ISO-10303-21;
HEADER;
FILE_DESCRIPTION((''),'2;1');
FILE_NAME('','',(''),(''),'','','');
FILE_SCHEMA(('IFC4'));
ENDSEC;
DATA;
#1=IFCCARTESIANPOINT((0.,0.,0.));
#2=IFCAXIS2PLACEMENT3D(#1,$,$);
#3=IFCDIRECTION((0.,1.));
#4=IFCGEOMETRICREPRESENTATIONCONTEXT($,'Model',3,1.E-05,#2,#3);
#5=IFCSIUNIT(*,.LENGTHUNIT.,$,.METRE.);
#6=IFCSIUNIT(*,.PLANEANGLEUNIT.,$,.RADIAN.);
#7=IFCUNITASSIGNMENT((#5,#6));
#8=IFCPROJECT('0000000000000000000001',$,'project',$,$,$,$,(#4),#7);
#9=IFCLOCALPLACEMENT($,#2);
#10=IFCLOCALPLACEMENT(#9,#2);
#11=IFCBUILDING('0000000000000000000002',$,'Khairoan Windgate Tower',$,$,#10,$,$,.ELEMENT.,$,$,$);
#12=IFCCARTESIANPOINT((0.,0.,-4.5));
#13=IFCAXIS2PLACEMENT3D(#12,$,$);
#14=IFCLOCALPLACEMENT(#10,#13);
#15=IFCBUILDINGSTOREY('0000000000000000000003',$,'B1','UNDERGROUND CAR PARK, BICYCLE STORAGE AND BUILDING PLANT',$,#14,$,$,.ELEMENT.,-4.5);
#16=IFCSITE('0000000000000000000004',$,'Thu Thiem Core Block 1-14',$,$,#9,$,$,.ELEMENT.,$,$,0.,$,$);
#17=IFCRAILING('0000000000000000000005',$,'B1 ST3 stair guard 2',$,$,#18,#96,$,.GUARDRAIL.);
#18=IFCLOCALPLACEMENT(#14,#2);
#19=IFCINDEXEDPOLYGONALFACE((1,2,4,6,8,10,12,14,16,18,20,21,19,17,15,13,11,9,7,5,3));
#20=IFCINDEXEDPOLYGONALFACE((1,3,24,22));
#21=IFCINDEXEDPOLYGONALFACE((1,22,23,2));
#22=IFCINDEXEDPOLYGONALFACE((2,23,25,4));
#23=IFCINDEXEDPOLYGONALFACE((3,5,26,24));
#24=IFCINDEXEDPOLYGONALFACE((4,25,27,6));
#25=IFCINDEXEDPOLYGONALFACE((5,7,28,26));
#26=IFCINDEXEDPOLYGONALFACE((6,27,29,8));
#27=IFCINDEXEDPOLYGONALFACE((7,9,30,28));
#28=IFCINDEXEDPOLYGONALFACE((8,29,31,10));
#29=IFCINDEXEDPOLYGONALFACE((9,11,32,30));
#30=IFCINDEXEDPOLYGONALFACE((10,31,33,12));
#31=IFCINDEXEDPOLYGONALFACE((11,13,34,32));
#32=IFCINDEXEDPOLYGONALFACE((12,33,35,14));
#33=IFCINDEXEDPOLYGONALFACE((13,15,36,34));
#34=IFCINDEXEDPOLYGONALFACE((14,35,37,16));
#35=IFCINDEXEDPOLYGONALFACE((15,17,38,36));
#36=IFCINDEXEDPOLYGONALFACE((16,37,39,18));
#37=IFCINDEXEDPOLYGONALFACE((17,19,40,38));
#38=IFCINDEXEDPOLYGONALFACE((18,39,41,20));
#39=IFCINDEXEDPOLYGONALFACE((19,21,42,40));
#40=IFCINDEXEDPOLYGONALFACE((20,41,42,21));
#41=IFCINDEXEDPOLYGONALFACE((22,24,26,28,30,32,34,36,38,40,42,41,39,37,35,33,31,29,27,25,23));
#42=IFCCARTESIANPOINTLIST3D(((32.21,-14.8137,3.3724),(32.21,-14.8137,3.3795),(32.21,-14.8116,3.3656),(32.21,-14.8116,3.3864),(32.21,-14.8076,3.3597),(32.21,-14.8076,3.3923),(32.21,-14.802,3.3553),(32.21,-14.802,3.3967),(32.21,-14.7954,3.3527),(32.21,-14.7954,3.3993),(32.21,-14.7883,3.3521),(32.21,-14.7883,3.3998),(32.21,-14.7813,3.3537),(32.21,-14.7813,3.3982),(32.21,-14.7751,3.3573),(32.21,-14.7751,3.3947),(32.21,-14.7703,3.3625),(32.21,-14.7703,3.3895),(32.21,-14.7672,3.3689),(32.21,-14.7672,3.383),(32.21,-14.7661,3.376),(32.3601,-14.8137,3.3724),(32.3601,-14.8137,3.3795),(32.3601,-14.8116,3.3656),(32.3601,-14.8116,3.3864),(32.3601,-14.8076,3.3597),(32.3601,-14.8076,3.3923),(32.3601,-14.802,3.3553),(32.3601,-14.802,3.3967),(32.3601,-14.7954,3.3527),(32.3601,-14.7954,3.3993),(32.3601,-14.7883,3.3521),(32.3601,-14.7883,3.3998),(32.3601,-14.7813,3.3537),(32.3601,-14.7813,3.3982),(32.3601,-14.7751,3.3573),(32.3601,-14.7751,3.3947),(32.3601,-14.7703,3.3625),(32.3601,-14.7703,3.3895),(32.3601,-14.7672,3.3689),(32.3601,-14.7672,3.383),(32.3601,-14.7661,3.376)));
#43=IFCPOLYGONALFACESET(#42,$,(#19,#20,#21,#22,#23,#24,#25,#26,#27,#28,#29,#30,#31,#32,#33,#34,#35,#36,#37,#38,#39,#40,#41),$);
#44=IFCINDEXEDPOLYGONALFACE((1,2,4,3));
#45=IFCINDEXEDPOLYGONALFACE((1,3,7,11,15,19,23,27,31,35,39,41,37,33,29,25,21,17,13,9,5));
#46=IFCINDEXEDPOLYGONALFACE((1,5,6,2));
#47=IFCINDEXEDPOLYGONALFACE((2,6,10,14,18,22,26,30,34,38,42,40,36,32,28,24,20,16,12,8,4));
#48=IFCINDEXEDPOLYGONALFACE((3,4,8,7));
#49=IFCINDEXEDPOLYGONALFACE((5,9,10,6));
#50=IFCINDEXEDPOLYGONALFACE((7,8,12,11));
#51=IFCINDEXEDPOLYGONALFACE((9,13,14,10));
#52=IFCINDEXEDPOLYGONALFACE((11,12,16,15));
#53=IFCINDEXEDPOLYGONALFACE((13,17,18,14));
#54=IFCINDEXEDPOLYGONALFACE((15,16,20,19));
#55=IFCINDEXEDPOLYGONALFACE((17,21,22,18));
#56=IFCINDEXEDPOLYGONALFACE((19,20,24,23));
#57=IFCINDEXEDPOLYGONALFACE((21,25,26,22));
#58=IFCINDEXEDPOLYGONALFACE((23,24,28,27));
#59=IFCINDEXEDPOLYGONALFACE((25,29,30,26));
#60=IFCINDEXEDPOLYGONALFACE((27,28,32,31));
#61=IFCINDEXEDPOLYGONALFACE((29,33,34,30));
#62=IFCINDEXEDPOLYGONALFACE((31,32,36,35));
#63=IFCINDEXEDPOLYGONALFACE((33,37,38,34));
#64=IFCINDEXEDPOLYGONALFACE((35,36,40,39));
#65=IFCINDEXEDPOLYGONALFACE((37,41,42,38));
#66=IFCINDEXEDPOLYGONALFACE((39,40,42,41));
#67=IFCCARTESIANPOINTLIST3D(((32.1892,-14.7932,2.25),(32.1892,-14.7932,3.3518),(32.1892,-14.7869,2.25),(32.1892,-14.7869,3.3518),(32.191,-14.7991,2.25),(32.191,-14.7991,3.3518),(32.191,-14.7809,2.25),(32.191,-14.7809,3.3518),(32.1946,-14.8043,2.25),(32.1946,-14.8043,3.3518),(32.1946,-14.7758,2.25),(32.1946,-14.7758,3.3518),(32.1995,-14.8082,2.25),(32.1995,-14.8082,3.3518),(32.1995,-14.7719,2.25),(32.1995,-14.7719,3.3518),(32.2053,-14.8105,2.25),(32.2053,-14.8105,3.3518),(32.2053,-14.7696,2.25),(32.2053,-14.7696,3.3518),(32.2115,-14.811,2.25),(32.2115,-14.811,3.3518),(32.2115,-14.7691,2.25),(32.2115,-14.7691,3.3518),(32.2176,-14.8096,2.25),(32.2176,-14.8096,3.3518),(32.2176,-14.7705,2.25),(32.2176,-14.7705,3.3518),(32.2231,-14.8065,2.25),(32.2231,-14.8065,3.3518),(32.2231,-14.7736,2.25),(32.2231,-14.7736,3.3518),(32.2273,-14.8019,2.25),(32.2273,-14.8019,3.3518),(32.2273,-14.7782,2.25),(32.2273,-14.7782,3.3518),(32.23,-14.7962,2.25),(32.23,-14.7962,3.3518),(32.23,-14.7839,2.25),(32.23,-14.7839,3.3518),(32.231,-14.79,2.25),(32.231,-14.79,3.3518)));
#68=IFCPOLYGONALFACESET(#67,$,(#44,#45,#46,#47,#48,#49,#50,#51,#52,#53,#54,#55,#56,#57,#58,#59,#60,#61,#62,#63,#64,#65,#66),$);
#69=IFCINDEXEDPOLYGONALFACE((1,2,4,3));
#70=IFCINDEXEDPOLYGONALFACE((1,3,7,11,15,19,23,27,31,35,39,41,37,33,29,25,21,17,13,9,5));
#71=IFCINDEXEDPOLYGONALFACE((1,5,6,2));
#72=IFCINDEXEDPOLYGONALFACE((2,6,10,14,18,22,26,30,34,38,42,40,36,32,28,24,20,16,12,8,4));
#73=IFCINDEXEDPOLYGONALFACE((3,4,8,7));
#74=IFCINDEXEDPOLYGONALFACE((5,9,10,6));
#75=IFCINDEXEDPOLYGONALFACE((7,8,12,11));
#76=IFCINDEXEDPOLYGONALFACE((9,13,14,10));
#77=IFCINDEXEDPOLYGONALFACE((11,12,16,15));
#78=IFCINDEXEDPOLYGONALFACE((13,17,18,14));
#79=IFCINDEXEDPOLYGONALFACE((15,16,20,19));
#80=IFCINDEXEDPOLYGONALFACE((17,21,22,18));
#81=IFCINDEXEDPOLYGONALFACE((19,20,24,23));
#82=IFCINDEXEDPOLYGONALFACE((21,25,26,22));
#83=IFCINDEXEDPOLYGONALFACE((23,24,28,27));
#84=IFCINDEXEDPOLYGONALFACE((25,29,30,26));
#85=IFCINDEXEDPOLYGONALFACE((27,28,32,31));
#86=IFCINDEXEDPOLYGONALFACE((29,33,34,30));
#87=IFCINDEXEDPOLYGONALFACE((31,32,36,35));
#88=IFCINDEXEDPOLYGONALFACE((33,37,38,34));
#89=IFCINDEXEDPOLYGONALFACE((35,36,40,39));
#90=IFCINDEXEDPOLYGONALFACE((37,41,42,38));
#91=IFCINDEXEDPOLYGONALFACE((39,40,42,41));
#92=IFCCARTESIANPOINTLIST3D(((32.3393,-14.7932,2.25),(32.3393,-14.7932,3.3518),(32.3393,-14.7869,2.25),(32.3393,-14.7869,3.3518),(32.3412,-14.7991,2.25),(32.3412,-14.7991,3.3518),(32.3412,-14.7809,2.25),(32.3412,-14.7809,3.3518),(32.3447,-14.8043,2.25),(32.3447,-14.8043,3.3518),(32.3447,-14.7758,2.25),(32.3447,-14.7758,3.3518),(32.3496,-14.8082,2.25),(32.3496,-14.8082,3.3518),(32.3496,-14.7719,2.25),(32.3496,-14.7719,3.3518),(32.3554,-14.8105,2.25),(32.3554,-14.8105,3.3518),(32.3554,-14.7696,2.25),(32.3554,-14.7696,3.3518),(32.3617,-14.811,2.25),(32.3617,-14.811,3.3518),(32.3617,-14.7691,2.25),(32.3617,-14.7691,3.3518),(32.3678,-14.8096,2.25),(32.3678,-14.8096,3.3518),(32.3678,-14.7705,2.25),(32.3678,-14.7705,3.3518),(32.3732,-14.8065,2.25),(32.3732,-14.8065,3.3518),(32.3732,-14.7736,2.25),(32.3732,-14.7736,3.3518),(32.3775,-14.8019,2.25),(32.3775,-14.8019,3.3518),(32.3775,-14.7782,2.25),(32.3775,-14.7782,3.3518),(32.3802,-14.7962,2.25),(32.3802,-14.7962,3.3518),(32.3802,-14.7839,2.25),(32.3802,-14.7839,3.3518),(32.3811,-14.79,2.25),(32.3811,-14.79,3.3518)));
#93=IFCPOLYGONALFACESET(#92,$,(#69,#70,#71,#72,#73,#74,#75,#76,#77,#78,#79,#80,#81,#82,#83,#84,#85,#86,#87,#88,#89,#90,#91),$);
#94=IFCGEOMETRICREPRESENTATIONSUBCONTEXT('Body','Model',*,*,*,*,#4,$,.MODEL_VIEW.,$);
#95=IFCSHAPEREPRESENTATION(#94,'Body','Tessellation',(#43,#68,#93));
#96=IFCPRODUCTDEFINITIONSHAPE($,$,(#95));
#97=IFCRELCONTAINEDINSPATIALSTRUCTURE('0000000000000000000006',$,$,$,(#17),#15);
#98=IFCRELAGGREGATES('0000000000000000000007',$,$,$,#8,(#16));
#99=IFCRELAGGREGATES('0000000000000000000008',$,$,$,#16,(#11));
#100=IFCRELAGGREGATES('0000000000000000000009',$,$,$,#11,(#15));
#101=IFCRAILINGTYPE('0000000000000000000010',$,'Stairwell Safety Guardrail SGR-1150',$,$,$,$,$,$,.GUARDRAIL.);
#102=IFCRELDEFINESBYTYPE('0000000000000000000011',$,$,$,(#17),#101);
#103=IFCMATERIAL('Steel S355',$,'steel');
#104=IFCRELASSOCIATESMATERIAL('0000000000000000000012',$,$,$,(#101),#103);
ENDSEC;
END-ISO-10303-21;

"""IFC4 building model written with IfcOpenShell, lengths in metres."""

from ifc_helpers import new_model, si_unit, direction, frame, origin, origin_2d, place, context, subcontext, project, spatial, circle, extrude, material, type_object, element, save


model = new_model("IFC4")

# Units and contexts
model_context = context("Model", 3, precision=1e-05, world=origin(), true_north=direction((0.0, 1.0)))
body_context = subcontext(model_context, "Body", "Model", "MODEL_VIEW")
ifc_project = project(units=[si_unit("LENGTHUNIT", "METRE"), si_unit("PLANEANGLEUNIT", "RADIAN")], contexts=[model_context])

# Site, building, storey
site_placement = place(None, origin())
site = spatial("IfcSite", under=ifc_project, at=site_placement, Name="Thu Thiem Core Block 1-14", CompositionType="ELEMENT", RefElevation=0.0)
building_placement = place(site_placement, origin())
building = spatial("IfcBuilding", under=site, at=building_placement, Name="Khairoan Windgate Tower", CompositionType="ELEMENT")
storey_placement = place(building_placement, frame((0.0, 0.0, -4.5)))
storey = spatial("IfcBuildingStorey", under=building, at=storey_placement, Name="B1", Description="UNDERGROUND CAR PARK, BICYCLE STORAGE AND BUILDING PLANT", CompositionType="ELEMENT", Elevation=-4.5)

# Railing
ifc_material_1 = material(Name="Steel S355", Category="steel")
railing_type_1 = type_object("IfcRailingType", Name="Stairwell Safety Guardrail SGR-1150", PredefinedType="GUARDRAIL", material=ifc_material_1)
railing_1_placement = place(storey_placement, frame((32.21, -14.79, 2.25)))
element("IfcRailing", 1, at=railing_1_placement, inside=storey, type_object=railing_type_1, Name="B1 ST3 stair guard 2", PredefinedType="GUARDRAIL", context=body_context, shape_type="SweptSolid", body=[
    extrude(circle(Radius=0.0239, at=origin_2d()), frame((0.0, 0.0, 1.126), z_axis=(1.0, 0.0, 0.0), x_axis=(0.0, 1.0, 0.0)), (0.0, 0.0, 1.0), 0.1501),
    extrude(circle(Radius=0.021, at=origin_2d()), origin(), (0.0, 0.0, 1.0), 1.1018),
    extrude(circle(Radius=0.021, at=origin_2d()), frame((0.1501, 0.0, 0.0)), (0.0, 0.0, 1.0), 1.1018),
])

save(model, "model.ifc")
